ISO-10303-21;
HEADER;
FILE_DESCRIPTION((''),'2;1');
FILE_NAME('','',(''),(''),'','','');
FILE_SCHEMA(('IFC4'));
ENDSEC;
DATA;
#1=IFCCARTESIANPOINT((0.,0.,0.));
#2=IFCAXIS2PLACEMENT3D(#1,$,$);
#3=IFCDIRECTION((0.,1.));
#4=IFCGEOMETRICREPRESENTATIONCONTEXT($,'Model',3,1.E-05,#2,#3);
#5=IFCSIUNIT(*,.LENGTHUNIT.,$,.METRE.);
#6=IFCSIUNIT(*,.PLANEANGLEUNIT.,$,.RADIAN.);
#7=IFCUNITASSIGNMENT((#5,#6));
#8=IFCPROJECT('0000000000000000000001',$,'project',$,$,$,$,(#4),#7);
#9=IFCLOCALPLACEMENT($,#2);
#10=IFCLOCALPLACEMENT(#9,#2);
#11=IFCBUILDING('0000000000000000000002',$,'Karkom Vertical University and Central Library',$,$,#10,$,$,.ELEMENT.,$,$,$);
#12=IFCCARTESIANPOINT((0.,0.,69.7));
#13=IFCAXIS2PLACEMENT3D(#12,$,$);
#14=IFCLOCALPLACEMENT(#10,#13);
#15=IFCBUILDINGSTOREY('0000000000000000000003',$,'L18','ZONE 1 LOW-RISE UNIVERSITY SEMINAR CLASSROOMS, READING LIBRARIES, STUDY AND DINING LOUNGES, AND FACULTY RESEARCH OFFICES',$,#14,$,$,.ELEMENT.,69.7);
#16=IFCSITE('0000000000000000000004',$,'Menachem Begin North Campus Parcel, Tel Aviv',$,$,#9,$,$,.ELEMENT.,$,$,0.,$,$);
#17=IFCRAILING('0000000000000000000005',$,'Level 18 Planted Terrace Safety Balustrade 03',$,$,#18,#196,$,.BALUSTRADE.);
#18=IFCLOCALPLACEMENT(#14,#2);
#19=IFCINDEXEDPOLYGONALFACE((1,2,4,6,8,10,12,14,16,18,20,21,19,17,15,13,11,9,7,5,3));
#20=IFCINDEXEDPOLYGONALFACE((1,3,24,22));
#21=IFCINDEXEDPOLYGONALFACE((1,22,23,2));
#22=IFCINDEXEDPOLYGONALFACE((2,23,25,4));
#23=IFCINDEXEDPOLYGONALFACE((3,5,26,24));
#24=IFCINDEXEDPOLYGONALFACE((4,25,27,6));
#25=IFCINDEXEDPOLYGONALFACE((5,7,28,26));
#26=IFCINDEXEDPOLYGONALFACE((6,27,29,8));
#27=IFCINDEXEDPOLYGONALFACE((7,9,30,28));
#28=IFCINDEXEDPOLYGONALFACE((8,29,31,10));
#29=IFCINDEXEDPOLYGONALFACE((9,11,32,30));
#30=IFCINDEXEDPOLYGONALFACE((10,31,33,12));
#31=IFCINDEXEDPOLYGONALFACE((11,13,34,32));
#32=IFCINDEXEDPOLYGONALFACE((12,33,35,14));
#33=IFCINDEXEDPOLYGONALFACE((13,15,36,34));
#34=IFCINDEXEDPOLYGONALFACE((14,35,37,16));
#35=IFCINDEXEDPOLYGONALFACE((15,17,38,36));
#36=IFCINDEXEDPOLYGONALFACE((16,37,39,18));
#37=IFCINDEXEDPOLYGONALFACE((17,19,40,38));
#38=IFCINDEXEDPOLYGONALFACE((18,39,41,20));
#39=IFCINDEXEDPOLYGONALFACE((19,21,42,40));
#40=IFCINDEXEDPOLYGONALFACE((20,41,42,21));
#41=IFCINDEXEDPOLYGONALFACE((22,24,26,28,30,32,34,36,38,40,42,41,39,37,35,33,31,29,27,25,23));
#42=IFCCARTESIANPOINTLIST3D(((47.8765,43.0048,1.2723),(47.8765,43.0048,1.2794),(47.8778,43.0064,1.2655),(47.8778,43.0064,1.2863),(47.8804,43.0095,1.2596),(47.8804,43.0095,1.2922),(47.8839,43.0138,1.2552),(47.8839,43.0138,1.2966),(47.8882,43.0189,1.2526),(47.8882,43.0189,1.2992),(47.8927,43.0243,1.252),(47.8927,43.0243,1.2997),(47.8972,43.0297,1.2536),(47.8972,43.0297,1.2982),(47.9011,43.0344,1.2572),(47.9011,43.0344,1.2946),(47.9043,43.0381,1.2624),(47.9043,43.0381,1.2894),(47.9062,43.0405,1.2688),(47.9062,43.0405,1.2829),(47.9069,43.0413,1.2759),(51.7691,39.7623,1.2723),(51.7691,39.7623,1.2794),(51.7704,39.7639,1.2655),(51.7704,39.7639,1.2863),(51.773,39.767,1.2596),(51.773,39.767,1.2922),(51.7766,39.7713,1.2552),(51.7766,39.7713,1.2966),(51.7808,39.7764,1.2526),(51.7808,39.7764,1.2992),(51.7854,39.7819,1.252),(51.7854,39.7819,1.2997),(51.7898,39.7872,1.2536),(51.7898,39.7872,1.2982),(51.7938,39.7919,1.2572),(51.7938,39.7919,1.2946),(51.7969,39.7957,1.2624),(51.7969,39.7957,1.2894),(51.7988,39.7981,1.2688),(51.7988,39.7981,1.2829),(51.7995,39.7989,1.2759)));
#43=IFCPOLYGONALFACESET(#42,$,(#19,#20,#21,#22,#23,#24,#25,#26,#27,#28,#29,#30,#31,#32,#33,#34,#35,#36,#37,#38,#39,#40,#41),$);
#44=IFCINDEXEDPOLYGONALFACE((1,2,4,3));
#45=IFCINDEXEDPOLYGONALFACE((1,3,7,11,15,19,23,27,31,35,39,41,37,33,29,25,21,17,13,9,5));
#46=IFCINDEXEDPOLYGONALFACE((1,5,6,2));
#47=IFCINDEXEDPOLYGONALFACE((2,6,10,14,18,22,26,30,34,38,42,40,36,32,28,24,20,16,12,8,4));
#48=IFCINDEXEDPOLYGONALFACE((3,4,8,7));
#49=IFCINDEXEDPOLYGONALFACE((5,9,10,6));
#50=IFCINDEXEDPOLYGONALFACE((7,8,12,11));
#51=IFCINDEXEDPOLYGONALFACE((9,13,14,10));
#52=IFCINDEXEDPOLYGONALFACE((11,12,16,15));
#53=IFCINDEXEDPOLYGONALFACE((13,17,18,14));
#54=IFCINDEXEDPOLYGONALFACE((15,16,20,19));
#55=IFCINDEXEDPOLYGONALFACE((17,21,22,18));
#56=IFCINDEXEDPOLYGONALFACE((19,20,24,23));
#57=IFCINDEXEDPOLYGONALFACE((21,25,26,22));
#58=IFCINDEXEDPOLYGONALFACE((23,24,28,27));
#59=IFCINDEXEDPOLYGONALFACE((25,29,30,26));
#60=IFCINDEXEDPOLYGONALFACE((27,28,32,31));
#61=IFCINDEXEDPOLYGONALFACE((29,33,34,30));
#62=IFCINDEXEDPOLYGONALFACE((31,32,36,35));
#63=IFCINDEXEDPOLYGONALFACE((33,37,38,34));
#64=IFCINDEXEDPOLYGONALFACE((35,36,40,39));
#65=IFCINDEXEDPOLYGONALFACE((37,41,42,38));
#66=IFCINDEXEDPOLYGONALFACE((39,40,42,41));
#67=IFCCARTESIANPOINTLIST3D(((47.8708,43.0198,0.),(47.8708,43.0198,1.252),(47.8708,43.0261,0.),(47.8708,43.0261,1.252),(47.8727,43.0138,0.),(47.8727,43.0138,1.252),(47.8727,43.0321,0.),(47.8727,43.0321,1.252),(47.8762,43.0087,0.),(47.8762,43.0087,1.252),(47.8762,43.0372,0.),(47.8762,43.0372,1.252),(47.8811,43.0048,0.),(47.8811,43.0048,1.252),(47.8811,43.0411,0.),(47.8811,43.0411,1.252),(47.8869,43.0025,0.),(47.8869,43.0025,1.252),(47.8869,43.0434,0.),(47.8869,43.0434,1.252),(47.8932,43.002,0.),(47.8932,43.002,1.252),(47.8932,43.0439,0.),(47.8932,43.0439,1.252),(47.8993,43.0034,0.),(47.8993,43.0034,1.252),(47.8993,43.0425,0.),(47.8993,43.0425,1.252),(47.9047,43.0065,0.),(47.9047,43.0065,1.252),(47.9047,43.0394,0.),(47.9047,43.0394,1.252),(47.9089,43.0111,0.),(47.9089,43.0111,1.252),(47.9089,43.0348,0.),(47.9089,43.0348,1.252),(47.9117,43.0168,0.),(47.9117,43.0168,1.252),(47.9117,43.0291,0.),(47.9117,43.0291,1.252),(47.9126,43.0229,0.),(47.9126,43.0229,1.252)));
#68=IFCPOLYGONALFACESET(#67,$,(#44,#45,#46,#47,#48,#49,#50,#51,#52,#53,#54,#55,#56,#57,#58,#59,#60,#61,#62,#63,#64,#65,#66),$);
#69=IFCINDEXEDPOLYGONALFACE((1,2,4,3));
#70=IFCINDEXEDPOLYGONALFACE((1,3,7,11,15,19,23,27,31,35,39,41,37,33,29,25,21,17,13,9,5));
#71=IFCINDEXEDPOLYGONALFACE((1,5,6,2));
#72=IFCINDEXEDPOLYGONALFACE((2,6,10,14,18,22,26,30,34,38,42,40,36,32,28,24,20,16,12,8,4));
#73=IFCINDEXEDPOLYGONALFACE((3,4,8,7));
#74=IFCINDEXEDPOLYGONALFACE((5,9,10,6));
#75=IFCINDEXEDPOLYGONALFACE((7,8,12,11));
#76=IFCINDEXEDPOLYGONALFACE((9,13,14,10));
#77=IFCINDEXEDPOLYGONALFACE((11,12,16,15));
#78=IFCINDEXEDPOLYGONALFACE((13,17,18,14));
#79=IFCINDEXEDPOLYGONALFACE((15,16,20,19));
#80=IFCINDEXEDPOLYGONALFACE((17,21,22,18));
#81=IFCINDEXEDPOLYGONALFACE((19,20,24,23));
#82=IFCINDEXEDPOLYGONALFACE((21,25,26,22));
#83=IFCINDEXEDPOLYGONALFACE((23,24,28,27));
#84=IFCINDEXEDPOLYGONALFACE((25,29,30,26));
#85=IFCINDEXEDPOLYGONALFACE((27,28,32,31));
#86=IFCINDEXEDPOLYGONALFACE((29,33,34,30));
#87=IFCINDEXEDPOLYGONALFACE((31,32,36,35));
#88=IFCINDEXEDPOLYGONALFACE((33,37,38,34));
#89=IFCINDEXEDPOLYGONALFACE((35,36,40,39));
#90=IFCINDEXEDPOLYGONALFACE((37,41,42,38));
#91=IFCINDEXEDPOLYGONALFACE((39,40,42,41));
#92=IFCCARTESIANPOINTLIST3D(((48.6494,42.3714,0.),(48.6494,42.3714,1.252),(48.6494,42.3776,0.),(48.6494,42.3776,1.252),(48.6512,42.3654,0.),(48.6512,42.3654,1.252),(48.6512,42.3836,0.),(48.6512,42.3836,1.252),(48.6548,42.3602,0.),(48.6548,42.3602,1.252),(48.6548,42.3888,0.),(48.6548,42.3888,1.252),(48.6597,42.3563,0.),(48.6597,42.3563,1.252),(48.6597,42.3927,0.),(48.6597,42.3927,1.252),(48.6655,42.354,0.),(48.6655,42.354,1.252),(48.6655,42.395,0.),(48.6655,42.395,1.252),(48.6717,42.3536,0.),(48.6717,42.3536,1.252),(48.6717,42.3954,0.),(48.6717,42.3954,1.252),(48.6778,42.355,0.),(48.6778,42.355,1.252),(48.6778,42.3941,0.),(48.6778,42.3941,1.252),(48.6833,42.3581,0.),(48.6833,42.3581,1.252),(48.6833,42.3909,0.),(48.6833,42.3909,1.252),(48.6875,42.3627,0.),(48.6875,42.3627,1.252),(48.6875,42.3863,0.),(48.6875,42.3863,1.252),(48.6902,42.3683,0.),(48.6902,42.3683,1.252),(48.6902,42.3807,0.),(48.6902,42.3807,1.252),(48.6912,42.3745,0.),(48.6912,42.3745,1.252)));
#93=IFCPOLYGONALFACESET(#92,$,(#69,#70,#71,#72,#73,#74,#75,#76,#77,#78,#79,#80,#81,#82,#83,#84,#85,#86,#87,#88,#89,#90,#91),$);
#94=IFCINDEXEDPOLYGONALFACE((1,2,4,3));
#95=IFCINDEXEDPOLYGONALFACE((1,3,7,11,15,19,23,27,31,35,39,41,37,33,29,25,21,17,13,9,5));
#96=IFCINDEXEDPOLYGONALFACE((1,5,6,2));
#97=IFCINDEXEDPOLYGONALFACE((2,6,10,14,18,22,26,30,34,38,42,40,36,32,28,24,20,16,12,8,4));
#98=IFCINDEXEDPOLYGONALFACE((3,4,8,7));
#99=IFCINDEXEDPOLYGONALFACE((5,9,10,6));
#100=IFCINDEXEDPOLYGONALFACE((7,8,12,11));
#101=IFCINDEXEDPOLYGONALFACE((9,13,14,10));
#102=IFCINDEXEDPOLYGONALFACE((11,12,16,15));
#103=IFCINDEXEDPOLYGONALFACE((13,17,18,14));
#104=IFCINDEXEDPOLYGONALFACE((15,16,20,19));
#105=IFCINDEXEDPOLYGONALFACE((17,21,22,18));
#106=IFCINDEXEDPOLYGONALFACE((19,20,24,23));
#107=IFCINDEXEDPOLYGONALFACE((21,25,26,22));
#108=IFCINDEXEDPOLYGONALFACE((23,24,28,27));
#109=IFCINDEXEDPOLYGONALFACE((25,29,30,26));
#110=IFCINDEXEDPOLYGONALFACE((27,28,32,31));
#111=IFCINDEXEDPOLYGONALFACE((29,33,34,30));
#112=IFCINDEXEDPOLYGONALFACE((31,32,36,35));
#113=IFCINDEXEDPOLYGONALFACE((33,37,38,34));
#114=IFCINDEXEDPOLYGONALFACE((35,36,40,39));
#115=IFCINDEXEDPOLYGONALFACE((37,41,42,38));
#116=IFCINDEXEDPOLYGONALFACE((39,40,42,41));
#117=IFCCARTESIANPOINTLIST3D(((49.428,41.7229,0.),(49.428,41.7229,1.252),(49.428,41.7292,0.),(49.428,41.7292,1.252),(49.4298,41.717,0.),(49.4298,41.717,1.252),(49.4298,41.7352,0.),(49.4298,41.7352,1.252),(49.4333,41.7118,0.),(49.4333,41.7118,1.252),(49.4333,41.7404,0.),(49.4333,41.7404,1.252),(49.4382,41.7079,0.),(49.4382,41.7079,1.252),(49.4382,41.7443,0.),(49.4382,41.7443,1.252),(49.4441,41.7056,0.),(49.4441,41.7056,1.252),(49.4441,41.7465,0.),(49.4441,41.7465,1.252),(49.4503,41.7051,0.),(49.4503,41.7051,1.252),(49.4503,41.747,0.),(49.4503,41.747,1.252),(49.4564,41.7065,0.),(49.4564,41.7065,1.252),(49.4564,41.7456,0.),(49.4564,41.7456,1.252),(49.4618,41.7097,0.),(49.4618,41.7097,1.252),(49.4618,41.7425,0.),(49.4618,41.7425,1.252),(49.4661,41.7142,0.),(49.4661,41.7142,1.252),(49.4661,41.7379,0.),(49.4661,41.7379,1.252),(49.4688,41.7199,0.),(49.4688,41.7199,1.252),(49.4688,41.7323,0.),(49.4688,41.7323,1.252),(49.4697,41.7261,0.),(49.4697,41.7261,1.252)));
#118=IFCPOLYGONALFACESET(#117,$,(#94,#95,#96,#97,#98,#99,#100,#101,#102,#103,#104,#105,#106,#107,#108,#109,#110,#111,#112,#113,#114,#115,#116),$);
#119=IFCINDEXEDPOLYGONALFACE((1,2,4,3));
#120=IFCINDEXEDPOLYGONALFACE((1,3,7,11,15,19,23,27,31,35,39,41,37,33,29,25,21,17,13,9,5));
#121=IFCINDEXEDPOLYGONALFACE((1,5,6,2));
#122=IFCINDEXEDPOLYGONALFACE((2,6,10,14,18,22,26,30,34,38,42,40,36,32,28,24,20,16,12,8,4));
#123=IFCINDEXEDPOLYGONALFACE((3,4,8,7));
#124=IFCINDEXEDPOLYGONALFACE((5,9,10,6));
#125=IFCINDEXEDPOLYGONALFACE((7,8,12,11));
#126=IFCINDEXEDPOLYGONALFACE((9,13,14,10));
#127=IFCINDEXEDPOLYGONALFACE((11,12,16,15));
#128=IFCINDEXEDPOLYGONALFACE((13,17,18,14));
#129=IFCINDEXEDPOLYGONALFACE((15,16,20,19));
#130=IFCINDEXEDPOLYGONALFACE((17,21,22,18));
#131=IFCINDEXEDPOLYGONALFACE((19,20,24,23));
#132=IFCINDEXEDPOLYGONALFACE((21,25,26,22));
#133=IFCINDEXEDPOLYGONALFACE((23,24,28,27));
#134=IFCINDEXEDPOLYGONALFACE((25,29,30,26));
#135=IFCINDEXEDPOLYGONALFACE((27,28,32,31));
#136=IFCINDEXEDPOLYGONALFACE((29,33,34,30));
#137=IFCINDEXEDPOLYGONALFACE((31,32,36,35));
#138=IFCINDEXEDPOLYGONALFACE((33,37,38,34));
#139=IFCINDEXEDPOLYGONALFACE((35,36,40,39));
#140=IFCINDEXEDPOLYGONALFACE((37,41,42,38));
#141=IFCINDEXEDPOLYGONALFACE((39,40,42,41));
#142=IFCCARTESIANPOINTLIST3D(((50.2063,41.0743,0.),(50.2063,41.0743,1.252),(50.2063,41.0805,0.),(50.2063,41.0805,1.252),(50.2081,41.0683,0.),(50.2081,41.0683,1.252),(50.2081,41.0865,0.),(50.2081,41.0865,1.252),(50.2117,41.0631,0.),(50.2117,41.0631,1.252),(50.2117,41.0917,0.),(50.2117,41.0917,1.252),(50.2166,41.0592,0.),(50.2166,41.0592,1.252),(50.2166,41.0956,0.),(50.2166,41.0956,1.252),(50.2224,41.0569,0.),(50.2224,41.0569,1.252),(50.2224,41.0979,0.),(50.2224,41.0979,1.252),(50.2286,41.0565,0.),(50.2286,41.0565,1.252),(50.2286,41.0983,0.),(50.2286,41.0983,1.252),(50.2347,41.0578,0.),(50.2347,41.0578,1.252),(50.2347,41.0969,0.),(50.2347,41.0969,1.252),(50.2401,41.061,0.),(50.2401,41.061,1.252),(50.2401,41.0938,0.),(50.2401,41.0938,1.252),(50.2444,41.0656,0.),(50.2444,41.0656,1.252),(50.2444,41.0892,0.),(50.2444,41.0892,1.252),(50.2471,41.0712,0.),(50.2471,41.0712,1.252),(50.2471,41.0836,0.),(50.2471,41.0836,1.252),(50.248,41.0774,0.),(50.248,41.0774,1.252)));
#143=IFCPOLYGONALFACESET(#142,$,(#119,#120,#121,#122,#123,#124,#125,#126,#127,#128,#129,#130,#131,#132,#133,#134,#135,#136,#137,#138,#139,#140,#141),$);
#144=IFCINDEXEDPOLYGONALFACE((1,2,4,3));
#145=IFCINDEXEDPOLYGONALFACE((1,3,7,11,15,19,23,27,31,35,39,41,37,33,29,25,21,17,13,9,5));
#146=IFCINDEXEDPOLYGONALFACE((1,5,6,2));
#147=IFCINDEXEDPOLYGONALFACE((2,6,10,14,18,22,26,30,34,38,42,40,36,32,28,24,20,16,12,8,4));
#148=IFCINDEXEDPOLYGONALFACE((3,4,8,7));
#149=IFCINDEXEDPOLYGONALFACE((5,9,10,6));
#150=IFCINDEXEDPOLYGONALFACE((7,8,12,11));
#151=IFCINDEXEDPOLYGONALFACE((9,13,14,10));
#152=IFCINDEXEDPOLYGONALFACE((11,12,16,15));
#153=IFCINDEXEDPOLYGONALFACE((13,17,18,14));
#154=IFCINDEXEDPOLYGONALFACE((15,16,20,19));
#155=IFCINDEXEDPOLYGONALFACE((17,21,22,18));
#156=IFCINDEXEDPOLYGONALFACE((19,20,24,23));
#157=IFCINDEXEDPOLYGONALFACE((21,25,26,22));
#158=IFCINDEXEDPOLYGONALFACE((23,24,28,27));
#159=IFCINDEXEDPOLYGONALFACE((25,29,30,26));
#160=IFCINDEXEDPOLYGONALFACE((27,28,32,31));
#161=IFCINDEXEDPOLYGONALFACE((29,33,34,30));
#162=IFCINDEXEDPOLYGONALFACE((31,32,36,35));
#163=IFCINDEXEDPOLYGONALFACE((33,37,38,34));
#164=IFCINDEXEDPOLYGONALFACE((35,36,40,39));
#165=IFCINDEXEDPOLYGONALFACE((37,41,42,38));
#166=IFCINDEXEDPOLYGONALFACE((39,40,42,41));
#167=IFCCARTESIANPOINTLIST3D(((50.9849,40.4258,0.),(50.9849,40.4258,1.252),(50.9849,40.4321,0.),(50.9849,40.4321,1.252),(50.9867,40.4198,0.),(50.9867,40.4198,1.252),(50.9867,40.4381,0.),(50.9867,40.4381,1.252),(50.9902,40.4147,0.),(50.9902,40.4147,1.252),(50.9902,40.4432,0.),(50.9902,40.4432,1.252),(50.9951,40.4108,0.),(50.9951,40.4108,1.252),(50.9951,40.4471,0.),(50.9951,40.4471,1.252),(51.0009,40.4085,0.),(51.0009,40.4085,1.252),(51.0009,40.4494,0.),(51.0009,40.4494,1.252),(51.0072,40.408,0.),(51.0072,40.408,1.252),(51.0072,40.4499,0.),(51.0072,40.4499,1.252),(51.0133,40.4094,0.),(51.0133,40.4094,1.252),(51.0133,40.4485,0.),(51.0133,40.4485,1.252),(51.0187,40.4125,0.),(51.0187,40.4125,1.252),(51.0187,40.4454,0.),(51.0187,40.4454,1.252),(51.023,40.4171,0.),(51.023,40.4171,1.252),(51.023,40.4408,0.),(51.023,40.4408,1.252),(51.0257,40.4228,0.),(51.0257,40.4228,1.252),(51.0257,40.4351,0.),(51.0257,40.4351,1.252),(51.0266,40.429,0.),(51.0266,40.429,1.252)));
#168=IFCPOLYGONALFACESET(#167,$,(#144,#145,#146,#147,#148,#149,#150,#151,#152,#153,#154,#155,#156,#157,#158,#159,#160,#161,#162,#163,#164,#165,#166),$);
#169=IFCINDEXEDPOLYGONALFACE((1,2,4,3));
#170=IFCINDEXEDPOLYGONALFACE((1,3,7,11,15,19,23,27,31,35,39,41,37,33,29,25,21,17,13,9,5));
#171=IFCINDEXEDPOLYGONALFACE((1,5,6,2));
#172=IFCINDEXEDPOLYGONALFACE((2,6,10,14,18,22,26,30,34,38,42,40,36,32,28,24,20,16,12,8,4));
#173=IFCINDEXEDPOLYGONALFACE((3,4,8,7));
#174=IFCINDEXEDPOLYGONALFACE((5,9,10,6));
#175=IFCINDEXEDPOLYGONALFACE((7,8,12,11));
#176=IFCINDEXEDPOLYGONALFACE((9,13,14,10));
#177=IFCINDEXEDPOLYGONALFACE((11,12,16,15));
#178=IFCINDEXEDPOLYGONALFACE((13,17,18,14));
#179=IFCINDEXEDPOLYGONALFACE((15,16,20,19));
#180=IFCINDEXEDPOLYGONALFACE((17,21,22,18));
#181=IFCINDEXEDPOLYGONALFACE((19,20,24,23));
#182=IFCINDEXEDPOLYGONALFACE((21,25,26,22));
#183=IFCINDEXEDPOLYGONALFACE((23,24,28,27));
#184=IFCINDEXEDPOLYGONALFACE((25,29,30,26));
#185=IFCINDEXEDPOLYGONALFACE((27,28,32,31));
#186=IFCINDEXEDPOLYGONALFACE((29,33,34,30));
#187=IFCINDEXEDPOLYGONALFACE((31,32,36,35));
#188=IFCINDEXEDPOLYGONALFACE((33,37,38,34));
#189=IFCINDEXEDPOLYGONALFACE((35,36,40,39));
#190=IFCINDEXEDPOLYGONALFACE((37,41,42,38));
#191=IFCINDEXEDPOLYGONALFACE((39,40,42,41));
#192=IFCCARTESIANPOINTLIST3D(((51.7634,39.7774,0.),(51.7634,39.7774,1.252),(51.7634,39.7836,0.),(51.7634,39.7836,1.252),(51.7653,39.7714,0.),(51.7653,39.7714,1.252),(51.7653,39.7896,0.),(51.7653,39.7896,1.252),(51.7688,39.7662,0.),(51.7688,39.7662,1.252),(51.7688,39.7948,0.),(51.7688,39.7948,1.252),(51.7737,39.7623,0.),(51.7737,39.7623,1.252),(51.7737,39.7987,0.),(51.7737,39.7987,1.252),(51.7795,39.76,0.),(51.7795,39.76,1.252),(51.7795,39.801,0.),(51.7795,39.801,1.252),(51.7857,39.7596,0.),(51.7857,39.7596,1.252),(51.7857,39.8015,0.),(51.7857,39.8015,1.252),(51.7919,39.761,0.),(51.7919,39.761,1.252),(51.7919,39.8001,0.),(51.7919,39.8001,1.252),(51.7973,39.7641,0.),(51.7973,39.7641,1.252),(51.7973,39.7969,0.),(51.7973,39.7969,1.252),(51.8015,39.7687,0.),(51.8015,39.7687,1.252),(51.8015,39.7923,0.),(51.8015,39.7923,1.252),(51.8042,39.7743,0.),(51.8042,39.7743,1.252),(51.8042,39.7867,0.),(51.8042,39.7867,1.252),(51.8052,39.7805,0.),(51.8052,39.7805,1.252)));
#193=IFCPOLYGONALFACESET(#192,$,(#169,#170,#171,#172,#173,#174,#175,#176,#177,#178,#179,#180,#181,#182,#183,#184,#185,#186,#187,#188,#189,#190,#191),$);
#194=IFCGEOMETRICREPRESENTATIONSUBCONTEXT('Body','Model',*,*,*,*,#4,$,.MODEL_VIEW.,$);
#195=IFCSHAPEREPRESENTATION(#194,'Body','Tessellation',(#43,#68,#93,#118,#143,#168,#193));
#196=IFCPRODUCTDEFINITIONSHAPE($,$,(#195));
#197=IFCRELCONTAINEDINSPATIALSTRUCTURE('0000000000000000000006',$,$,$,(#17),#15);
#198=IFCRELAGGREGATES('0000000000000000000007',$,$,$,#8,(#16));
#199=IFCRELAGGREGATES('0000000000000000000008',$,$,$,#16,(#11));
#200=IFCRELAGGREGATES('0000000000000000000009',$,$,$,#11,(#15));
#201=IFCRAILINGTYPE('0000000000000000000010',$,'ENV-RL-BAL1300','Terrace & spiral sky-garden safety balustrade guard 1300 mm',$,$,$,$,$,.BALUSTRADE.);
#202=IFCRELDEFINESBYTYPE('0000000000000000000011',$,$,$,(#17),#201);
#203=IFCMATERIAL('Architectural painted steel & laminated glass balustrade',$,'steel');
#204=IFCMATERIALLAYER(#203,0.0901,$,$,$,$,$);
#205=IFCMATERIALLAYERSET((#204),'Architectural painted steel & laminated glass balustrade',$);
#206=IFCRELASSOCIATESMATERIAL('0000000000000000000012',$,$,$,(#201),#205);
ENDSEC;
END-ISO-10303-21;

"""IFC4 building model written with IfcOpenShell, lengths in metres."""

from ifc_helpers import new_model, si_unit, direction, frame, origin, origin_2d, place, context, subcontext, project, spatial, circle, extrude, material, layer, layer_set, type_object, element, save


model = new_model("IFC4")

# Units and contexts
model_context = context("Model", 3, precision=1e-05, world=origin(), true_north=direction((0.0, 1.0)))
body_context = subcontext(model_context, "Body", "Model", "MODEL_VIEW")
ifc_project = project(units=[si_unit("LENGTHUNIT", "METRE"), si_unit("PLANEANGLEUNIT", "RADIAN")], contexts=[model_context])

# Site, building, storey
site_placement = place(None, origin())
site = spatial("IfcSite", under=ifc_project, at=site_placement, Name="Menachem Begin North Campus Parcel, Tel Aviv", CompositionType="ELEMENT", RefElevation=0.0)
building_placement = place(site_placement, origin())
building = spatial("IfcBuilding", under=site, at=building_placement, Name="Karkom Vertical University and Central Library", CompositionType="ELEMENT")
storey_placement = place(building_placement, frame((0.0, 0.0, 69.7)))
storey = spatial("IfcBuildingStorey", under=building, at=storey_placement, Name="L18", Description="ZONE 1 LOW-RISE UNIVERSITY SEMINAR CLASSROOMS, READING LIBRARIES, STUDY AND DINING LOUNGES, AND FACULTY RESEARCH OFFICES", CompositionType="ELEMENT", Elevation=69.7)

# Railing
ifc_material_1 = material(Name="Architectural painted steel & laminated glass balustrade", Category="steel")
ifc_layer_1 = layer(ifc_material_1, 0.0901)
ifc_layer_set_1 = layer_set([ifc_layer_1], Name="Architectural painted steel & laminated glass balustrade")
railing_type = type_object("IfcRailingType", Name="ENV-RL-BAL1300", Description="Terrace & spiral sky-garden safety balustrade guard 1300 mm", PredefinedType="BALUSTRADE", material=ifc_layer_set_1)
railing_1_placement = place(storey_placement, frame((47.8916, 43.0229, 0.0)))
element("IfcRailing", 1, at=railing_1_placement, inside=storey, type_object=railing_type, Name="Level 18 Planted Terrace Safety Balustrade 03", PredefinedType="BALUSTRADE", context=body_context, shape_type="SweptSolid", body=[
    extrude(circle(Radius=0.0239, at=origin_2d()), frame((0.0, 0.0, 1.2759), z_axis=(0.768356, -0.640023, 0.0), x_axis=(0.640023, 0.768356, 0.0)), (0.0, 0.0, 1.0), 5.0662),
    extrude(circle(Radius=0.021, at=origin_2d()), origin(), (0.0, 0.0, 1.0), 1.252),
    extrude(circle(Radius=0.021, at=origin_2d()), frame((0.7786, -0.6484, 0.0)), (0.0, 0.0, 1.0), 1.252),
    extrude(circle(Radius=0.021, at=origin_2d()), frame((1.5571, -1.2969, 0.0)), (0.0, 0.0, 1.0), 1.252),
    extrude(circle(Radius=0.021, at=origin_2d()), frame((2.3354, -1.9456, 0.0)), (0.0, 0.0, 1.0), 1.252),
    extrude(circle(Radius=0.021, at=origin_2d()), frame((3.114, -2.594, 0.0)), (0.0, 0.0, 1.0), 1.252),
    extrude(circle(Radius=0.021, at=origin_2d()), frame((3.8926, -3.2424, 0.0)), (0.0, 0.0, 1.0), 1.252),
])

save(model, "model.ifc")
